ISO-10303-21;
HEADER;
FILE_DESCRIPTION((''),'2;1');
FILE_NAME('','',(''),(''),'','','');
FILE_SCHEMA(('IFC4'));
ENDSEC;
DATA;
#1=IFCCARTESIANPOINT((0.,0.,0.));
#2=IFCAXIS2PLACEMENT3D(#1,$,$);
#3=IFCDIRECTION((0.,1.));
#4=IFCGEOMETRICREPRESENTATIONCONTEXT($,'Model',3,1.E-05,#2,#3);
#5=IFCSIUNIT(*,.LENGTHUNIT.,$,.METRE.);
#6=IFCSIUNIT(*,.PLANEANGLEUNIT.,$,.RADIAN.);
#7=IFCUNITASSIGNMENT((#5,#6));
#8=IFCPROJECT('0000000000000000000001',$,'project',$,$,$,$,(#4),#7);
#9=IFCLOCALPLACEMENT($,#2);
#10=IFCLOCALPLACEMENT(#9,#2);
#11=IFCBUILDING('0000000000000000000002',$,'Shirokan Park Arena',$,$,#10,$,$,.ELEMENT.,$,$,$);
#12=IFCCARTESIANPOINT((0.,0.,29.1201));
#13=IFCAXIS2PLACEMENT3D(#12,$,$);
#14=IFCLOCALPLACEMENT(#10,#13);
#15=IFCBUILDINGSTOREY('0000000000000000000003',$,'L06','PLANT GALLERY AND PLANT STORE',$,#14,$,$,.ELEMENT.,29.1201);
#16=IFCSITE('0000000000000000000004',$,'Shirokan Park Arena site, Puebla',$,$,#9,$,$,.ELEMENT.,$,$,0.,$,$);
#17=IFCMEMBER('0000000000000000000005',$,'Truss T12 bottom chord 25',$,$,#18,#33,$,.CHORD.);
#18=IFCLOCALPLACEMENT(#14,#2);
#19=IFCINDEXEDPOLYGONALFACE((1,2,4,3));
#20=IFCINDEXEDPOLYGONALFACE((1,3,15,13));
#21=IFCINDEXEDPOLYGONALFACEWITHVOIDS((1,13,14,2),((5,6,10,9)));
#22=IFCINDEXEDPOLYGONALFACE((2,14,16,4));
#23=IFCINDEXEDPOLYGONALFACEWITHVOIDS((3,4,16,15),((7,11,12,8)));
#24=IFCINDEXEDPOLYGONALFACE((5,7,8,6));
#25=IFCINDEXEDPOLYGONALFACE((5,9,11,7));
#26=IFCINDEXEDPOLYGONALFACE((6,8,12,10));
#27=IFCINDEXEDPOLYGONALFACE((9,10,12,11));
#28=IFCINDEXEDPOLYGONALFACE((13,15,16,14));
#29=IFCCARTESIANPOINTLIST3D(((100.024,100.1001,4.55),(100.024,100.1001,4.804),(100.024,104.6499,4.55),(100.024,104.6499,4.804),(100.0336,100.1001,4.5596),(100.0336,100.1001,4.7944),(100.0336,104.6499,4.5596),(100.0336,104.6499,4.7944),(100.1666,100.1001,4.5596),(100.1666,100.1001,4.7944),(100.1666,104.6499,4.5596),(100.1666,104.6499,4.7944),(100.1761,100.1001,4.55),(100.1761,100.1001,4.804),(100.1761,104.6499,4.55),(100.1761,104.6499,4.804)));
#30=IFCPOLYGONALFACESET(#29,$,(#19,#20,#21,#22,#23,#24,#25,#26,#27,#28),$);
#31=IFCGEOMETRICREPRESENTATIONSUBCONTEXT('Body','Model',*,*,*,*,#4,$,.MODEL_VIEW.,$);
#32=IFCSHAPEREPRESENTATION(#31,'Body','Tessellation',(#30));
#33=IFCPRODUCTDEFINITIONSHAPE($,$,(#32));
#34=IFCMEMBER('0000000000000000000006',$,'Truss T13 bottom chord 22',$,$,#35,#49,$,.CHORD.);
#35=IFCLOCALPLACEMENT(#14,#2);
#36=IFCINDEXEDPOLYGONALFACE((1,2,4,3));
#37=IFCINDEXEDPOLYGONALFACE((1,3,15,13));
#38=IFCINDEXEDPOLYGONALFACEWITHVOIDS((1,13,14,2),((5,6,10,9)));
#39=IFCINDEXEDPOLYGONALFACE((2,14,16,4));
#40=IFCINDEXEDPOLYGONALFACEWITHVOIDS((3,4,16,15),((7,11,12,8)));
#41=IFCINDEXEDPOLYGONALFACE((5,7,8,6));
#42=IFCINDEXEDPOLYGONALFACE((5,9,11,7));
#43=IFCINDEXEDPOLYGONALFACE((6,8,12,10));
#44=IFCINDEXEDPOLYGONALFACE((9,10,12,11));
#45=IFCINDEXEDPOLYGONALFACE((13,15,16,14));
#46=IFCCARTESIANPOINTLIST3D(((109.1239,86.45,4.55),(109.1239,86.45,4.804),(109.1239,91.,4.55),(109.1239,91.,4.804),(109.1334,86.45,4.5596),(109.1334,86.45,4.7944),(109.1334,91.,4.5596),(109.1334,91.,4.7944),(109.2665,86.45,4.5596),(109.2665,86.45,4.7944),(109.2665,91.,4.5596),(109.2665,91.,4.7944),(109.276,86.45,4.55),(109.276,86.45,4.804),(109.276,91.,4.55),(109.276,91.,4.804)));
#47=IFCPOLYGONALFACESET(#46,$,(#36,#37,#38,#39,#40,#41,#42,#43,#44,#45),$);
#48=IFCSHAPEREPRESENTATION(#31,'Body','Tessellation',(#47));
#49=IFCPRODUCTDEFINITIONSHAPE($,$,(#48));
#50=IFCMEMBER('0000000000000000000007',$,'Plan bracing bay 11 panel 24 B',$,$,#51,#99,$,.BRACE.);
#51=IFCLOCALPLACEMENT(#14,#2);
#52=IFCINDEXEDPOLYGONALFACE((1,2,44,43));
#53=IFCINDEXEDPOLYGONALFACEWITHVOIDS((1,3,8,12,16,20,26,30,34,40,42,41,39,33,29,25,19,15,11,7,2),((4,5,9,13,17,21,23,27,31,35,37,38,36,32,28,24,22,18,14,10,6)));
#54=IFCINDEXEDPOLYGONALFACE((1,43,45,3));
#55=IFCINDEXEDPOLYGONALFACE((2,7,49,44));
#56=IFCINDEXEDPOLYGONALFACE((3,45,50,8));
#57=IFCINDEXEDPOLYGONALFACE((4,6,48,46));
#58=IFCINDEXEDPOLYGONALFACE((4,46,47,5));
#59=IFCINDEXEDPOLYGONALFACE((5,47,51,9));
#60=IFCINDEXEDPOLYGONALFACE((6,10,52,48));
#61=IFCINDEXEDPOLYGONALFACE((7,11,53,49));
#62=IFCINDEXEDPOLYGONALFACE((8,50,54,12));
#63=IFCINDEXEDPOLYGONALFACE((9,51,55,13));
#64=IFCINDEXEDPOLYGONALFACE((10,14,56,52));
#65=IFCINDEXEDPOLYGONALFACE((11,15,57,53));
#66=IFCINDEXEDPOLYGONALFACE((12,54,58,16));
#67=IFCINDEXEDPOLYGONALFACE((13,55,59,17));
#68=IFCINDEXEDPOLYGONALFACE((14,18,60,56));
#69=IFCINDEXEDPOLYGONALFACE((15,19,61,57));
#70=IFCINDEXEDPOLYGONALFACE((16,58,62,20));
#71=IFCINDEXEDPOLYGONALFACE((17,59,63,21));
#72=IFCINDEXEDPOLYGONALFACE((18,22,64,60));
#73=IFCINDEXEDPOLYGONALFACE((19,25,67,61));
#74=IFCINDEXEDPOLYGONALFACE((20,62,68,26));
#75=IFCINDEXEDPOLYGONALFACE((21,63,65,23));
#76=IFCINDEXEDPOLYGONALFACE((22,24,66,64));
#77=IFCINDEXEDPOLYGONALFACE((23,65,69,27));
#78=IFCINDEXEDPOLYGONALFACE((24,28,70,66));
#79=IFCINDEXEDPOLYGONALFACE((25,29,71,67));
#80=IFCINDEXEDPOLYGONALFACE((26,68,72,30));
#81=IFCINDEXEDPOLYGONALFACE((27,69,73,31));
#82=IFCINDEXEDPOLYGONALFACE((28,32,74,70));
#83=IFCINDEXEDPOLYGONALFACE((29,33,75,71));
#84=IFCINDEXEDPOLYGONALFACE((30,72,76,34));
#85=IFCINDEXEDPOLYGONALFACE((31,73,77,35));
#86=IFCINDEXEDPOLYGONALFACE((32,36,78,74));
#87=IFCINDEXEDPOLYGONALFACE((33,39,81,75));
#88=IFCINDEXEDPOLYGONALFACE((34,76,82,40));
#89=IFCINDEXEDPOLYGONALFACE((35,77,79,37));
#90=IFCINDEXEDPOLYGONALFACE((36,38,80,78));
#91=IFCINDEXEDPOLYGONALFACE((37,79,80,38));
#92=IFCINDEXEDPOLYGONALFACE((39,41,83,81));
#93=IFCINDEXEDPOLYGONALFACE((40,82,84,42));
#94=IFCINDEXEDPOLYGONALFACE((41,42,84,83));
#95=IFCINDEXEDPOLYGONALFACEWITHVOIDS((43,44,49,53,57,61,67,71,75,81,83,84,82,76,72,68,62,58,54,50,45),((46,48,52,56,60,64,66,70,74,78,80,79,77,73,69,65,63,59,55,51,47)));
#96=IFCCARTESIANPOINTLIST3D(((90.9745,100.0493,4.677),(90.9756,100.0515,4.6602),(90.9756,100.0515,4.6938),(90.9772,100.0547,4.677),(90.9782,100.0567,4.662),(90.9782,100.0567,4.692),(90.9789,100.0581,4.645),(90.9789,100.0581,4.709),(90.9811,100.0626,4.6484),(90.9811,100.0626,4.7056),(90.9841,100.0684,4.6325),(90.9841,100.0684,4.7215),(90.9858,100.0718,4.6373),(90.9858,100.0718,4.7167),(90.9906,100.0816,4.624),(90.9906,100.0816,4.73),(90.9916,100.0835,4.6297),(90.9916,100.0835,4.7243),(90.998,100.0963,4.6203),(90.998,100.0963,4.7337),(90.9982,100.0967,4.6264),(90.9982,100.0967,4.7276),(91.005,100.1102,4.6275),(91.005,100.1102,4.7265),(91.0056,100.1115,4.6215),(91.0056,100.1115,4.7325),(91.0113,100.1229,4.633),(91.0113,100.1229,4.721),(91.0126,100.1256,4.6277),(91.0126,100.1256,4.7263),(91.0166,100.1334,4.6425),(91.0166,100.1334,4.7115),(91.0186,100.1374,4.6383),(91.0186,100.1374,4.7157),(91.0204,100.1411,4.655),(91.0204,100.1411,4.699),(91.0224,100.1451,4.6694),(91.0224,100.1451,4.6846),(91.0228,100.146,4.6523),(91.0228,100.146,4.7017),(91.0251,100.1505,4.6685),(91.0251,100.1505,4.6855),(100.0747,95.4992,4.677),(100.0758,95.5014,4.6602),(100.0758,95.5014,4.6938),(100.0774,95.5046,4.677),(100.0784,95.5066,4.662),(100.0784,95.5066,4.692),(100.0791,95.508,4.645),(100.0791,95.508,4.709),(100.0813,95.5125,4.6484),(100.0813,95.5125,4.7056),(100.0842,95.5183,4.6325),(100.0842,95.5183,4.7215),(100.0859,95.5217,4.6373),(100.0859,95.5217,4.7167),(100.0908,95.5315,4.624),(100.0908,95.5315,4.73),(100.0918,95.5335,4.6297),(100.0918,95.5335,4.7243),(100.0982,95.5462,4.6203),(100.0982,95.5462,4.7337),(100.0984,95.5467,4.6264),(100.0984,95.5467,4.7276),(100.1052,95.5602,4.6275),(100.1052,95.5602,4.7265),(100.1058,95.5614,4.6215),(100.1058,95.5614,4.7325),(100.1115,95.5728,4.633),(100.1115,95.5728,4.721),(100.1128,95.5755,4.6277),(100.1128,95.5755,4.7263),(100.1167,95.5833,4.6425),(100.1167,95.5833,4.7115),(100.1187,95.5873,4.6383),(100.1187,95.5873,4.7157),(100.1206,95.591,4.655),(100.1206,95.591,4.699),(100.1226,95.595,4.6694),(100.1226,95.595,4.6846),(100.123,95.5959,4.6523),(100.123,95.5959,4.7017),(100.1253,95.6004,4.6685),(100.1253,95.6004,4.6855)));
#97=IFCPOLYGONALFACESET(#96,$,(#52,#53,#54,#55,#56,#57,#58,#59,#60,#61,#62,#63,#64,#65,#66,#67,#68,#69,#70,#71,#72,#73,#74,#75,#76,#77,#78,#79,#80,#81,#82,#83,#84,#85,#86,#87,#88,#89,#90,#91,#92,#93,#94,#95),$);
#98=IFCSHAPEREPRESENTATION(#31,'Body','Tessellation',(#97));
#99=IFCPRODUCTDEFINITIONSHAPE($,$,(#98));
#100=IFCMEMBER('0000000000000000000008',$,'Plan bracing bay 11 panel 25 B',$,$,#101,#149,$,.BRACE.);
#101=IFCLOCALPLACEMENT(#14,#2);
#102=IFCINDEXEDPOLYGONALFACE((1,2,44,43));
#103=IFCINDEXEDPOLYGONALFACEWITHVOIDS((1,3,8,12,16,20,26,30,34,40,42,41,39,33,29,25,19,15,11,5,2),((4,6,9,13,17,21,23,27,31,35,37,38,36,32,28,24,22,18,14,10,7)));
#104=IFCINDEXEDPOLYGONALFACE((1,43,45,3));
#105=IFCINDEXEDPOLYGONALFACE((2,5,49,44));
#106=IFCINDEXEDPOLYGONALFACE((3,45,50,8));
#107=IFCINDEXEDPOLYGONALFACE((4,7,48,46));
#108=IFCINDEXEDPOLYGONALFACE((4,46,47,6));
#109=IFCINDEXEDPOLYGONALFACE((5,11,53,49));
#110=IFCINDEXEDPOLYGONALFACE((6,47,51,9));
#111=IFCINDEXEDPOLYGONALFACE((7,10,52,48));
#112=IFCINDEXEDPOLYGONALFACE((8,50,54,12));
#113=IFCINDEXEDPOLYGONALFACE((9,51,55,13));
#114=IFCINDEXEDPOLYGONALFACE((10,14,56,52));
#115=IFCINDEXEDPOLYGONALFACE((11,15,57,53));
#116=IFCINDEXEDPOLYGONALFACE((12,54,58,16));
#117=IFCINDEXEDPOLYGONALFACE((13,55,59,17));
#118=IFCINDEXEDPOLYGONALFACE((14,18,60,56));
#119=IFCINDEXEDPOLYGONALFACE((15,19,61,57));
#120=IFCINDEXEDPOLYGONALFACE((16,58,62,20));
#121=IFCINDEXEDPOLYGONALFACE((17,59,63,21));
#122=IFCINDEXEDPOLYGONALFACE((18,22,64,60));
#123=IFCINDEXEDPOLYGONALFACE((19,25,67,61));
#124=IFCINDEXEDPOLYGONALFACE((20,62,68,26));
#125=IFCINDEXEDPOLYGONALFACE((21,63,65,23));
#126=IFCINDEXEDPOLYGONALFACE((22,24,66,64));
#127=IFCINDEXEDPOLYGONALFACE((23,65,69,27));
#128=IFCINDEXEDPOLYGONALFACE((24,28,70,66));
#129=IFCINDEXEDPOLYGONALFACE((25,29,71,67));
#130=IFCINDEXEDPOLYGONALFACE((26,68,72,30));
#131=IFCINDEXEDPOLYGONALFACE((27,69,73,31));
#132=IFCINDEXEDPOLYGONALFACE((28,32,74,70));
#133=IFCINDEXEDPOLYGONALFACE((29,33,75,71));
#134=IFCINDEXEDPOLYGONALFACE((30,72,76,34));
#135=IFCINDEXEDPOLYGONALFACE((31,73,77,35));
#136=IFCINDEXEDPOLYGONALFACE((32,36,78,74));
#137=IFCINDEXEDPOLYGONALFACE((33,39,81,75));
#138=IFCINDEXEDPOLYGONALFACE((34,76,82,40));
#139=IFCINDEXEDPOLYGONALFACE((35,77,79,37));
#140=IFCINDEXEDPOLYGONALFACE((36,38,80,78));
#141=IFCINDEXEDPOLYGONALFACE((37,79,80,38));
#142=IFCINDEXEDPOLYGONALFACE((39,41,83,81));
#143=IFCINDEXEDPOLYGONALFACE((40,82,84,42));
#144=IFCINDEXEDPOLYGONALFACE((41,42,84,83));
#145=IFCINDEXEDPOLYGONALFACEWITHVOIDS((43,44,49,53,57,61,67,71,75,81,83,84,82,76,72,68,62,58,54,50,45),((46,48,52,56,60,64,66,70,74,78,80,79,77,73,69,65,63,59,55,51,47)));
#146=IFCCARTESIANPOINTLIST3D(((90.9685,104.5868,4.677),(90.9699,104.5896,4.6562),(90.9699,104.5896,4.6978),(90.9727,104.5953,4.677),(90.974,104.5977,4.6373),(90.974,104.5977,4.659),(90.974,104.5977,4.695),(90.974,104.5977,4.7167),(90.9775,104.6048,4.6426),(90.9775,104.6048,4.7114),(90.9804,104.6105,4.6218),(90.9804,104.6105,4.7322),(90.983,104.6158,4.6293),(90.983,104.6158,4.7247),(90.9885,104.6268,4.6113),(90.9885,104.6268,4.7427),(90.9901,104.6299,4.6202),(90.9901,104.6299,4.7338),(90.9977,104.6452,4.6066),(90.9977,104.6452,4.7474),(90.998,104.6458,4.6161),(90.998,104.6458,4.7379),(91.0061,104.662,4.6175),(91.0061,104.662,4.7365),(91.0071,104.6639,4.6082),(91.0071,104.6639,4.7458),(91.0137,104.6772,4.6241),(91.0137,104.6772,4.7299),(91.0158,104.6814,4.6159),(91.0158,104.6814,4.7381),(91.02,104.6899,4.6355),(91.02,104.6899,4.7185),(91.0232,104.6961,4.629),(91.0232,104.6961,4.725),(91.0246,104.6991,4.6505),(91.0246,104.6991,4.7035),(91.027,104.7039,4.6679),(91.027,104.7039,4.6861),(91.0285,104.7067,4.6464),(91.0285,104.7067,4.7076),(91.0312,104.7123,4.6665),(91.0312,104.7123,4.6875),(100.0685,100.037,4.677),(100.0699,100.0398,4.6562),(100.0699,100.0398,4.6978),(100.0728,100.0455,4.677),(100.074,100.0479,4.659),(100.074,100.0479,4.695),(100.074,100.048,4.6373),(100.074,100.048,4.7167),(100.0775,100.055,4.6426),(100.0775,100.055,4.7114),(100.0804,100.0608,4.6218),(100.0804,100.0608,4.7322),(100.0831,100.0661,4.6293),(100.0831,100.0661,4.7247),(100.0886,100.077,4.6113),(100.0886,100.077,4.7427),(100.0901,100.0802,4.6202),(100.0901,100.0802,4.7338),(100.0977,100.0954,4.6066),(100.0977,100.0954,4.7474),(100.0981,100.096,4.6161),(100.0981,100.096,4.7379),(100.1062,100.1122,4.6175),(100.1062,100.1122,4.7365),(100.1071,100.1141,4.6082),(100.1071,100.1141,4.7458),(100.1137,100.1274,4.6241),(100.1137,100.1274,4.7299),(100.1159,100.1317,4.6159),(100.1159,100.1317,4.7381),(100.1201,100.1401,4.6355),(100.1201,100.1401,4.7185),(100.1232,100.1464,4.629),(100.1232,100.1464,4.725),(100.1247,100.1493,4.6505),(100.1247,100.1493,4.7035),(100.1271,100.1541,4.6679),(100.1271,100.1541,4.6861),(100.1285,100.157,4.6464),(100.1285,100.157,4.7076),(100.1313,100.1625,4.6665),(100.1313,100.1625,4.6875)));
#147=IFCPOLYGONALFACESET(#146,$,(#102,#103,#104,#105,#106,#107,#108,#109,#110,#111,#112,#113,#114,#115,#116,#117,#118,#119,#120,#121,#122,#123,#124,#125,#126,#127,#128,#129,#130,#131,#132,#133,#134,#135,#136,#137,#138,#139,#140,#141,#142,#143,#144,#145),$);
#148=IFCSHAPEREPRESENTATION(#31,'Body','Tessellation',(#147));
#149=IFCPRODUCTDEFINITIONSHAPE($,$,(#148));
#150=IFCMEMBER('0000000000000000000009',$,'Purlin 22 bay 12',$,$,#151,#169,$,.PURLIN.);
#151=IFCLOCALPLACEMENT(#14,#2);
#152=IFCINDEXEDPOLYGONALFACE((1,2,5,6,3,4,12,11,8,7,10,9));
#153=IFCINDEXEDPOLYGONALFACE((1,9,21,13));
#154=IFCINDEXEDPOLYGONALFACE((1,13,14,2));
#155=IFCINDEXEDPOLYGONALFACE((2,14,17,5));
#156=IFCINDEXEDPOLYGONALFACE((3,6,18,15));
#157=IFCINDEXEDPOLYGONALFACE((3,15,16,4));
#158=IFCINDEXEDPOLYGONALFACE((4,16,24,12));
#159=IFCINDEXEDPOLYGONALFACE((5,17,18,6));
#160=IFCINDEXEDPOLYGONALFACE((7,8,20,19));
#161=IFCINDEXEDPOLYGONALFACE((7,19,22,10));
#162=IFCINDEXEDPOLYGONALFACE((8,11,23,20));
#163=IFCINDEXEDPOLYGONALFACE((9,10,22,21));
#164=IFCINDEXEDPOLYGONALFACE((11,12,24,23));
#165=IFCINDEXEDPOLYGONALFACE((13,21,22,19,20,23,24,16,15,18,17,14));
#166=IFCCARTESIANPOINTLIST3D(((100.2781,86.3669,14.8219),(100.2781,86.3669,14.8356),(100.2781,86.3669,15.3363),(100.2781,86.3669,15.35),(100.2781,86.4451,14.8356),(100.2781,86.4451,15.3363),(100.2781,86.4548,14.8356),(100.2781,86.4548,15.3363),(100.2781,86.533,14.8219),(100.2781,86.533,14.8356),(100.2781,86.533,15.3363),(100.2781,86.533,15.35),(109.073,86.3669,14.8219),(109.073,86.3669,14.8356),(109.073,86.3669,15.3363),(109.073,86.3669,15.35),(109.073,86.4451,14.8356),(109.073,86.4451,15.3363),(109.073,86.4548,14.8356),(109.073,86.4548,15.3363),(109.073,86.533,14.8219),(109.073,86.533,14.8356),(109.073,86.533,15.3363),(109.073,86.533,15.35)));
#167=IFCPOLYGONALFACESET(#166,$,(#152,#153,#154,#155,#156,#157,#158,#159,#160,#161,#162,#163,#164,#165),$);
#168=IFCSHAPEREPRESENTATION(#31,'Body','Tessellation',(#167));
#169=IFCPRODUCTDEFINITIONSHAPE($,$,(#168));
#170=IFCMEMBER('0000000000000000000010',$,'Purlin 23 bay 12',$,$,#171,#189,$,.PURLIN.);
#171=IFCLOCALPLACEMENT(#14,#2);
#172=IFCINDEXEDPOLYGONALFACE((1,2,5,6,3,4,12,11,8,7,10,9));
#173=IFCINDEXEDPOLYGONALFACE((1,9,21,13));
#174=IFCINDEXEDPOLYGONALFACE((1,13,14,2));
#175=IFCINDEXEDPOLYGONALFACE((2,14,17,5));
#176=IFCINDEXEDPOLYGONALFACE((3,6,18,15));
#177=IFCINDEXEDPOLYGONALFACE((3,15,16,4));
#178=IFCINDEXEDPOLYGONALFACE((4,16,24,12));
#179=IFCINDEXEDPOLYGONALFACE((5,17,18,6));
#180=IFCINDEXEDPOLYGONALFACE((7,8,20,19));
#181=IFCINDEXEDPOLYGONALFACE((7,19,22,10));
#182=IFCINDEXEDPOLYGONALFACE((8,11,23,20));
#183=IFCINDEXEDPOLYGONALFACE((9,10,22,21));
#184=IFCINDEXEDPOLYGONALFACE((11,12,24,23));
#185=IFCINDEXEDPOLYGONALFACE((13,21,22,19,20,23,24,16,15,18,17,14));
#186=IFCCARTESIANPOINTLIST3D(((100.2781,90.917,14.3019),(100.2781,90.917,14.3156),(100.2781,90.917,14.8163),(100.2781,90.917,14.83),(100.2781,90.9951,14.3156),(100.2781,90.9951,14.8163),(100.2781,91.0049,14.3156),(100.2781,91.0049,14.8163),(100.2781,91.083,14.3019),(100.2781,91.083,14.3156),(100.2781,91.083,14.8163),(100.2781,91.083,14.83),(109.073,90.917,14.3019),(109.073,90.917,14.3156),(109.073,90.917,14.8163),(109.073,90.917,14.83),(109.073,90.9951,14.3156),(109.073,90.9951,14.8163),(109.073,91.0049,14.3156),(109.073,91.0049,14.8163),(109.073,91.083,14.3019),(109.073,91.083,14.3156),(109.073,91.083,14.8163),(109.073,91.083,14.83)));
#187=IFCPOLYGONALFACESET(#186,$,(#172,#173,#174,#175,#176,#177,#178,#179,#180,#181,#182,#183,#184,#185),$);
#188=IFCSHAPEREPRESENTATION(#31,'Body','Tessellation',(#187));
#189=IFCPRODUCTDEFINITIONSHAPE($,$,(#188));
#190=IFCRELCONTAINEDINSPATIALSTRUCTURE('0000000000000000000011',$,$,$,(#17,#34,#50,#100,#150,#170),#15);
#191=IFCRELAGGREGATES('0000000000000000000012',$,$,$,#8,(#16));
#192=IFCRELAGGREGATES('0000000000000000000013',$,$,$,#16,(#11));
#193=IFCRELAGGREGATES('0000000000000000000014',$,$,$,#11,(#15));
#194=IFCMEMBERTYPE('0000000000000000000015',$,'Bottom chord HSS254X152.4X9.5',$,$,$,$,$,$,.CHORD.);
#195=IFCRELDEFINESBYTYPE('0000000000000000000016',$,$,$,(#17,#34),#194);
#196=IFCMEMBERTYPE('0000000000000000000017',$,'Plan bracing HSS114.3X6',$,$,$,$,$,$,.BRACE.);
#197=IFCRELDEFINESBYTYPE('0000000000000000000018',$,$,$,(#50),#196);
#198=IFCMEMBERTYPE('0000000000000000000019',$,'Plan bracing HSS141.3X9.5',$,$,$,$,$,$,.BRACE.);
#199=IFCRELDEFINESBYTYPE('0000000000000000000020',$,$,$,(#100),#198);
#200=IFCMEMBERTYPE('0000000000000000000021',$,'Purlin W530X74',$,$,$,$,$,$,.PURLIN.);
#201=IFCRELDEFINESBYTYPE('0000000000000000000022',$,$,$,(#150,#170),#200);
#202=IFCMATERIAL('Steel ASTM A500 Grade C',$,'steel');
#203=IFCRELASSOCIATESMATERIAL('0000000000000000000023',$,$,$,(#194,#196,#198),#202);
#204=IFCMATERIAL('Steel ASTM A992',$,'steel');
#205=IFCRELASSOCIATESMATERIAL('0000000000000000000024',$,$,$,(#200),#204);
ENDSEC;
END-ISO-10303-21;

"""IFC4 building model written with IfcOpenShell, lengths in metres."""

from ifc_helpers import new_model, si_unit, direction, frame, origin, origin_2d, place, context, subcontext, project, spatial, hollow_rectangle, hollow_circle, i_section, extrude, material, material_profile, profile_set, type_object, element, save


model = new_model("IFC4")

# Units and contexts
model_context = context("Model", 3, precision=1e-05, world=origin(), true_north=direction((0.0, 1.0)))
body_context = subcontext(model_context, "Body", "Model", "MODEL_VIEW")
ifc_project = project(units=[si_unit("LENGTHUNIT", "METRE"), si_unit("PLANEANGLEUNIT", "RADIAN")], contexts=[model_context])

# Site, building, storey
site_placement = place(None, origin())
site = spatial("IfcSite", under=ifc_project, at=site_placement, Name="Shirokan Park Arena site, Puebla", CompositionType="ELEMENT", RefElevation=0.0)
building_placement = place(site_placement, origin())
building = spatial("IfcBuilding", under=site, at=building_placement, Name="Shirokan Park Arena", CompositionType="ELEMENT")
storey_placement = place(building_placement, frame((0.0, 0.0, 29.1201)))
storey = spatial("IfcBuildingStorey", under=building, at=storey_placement, Name="L06", Description="PLANT GALLERY AND PLANT STORE", CompositionType="ELEMENT", Elevation=29.1201)

# Members
ifc_material_1 = material(Name="Steel ASTM A500 Grade C", Category="steel")
ifc_material_profile_1 = material_profile(ifc_material_1, hollow_rectangle(XDim=0.1521, YDim=0.2539, WallThickness=0.0095, at=origin_2d()), Name="HSS254X152.4X9.5")
ifc_profile_set_1 = profile_set([ifc_material_profile_1], Name="Steel ASTM A500 Grade C")
member_type_1 = type_object("IfcMemberType", Name="Bottom chord HSS254X152.4X9.5", PredefinedType="CHORD", material=ifc_profile_set_1)
member_1_placement = place(storey_placement, frame((100.1001, 100.1001, 4.677), z_axis=(0.0, 1.0, 0.0), x_axis=(-1.0, 0.0, 0.0)))
element("IfcMember", 1, at=member_1_placement, inside=storey, type_object=member_type_1, Name="Truss T12 bottom chord 25", PredefinedType="CHORD", context=body_context, shape_type="SweptSolid", body=[
    extrude(hollow_rectangle(XDim=0.1521, YDim=0.2539, WallThickness=0.0095, at=origin_2d()), origin(), (0.0, 0.0, 1.0), 4.5498),
])
member_2_placement = place(storey_placement, frame((109.2, 86.45, 4.677), z_axis=(0.0, 1.0, 0.0), x_axis=(-1.0, 0.0, 0.0)))
element("IfcMember", 2, at=member_2_placement, inside=storey, type_object=member_type_1, Name="Truss T13 bottom chord 22", PredefinedType="CHORD", context=body_context, shape_type="SweptSolid", body=[
    extrude(hollow_rectangle(XDim=0.1521, YDim=0.2539, WallThickness=0.0095, at=origin_2d()), origin(), (0.0, 0.0, 1.0), 4.55),
])
ifc_material_profile_2 = material_profile(ifc_material_1, hollow_circle(Radius=0.0569, WallThickness=0.0061, at=origin_2d()), Name="HSS114.3X6")
ifc_profile_set_2 = profile_set([ifc_material_profile_2], Name="Steel ASTM A500 Grade C")
member_type_2 = type_object("IfcMemberType", Name="Plan bracing HSS114.3X6", PredefinedType="BRACE", material=ifc_profile_set_2)
member_3_placement = place(storey_placement, frame((100.1001, 95.55, 4.677), z_axis=(-0.894427, 0.447214, 0.0), x_axis=(-0.447214, -0.894427, 0.0)))
element("IfcMember", 3, at=member_3_placement, inside=storey, type_object=member_type_2, Name="Plan bracing bay 11 panel 24 B", PredefinedType="BRACE", context=body_context, shape_type="SweptSolid", body=[
    extrude(hollow_circle(Radius=0.0569, WallThickness=0.0061, at=origin_2d()), origin(), (0.0, 0.0, 1.0), 10.1743),
])
ifc_material_profile_3 = material_profile(ifc_material_1, hollow_circle(Radius=0.0706, WallThickness=0.0095, at=origin_2d()), Name="HSS141.3X9.5")
ifc_profile_set_3 = profile_set([ifc_material_profile_3], Name="Steel ASTM A500 Grade C")
member_type_3 = type_object("IfcMemberType", Name="Plan bracing HSS141.3X9.5", PredefinedType="BRACE", material=ifc_profile_set_3)
member_4_placement = place(storey_placement, frame((100.1001, 100.1001, 4.677), z_axis=(-0.894437, 0.447194, 0.0), x_axis=(-0.447194, -0.894437, 0.0)))
element("IfcMember", 4, at=member_4_placement, inside=storey, type_object=member_type_3, Name="Plan bracing bay 11 panel 25 B", PredefinedType="BRACE", context=body_context, shape_type="SweptSolid", body=[
    extrude(hollow_circle(Radius=0.0706, WallThickness=0.0095, at=origin_2d()), origin(), (0.0, 0.0, 1.0), 10.1741),
])
ifc_material_2 = material(Name="Steel ASTM A992", Category="steel")
ifc_material_profile_4 = material_profile(ifc_material_2, i_section(OverallWidth=0.166, OverallDepth=0.5281, WebThickness=0.0098, FlangeThickness=0.0137, at=origin_2d()), Name="W530X74")
ifc_profile_set_4 = profile_set([ifc_material_profile_4], Name="Steel ASTM A992")
member_type_4 = type_object("IfcMemberType", Name="Purlin W530X74", PredefinedType="PURLIN", material=ifc_profile_set_4)
for number, where, z_axis, x_axis, name in (
    (5, (100.2781, 86.45, 15.0859), (1.0, 0.0, 0.0), (0.0, 1.0, 0.0), "Purlin 22 bay 12"),
    (6, (100.2781, 91.0, 14.5659), (1.0, 0.0, 0.0), (0.0, 1.0, 0.0), "Purlin 23 bay 12"),
):
    element("IfcMember", number, at=place(storey_placement, frame(where, z_axis=z_axis, x_axis=x_axis)), inside=storey, type_object=member_type_4, Name=name, PredefinedType="PURLIN", context=body_context, shape_type="SweptSolid", body=[
        extrude(i_section(OverallWidth=0.166, OverallDepth=0.5281, WebThickness=0.0098, FlangeThickness=0.0137, at=origin_2d()), origin(), (0.0, 0.0, 1.0), 8.7949),
    ])

save(model, "model.ifc")
